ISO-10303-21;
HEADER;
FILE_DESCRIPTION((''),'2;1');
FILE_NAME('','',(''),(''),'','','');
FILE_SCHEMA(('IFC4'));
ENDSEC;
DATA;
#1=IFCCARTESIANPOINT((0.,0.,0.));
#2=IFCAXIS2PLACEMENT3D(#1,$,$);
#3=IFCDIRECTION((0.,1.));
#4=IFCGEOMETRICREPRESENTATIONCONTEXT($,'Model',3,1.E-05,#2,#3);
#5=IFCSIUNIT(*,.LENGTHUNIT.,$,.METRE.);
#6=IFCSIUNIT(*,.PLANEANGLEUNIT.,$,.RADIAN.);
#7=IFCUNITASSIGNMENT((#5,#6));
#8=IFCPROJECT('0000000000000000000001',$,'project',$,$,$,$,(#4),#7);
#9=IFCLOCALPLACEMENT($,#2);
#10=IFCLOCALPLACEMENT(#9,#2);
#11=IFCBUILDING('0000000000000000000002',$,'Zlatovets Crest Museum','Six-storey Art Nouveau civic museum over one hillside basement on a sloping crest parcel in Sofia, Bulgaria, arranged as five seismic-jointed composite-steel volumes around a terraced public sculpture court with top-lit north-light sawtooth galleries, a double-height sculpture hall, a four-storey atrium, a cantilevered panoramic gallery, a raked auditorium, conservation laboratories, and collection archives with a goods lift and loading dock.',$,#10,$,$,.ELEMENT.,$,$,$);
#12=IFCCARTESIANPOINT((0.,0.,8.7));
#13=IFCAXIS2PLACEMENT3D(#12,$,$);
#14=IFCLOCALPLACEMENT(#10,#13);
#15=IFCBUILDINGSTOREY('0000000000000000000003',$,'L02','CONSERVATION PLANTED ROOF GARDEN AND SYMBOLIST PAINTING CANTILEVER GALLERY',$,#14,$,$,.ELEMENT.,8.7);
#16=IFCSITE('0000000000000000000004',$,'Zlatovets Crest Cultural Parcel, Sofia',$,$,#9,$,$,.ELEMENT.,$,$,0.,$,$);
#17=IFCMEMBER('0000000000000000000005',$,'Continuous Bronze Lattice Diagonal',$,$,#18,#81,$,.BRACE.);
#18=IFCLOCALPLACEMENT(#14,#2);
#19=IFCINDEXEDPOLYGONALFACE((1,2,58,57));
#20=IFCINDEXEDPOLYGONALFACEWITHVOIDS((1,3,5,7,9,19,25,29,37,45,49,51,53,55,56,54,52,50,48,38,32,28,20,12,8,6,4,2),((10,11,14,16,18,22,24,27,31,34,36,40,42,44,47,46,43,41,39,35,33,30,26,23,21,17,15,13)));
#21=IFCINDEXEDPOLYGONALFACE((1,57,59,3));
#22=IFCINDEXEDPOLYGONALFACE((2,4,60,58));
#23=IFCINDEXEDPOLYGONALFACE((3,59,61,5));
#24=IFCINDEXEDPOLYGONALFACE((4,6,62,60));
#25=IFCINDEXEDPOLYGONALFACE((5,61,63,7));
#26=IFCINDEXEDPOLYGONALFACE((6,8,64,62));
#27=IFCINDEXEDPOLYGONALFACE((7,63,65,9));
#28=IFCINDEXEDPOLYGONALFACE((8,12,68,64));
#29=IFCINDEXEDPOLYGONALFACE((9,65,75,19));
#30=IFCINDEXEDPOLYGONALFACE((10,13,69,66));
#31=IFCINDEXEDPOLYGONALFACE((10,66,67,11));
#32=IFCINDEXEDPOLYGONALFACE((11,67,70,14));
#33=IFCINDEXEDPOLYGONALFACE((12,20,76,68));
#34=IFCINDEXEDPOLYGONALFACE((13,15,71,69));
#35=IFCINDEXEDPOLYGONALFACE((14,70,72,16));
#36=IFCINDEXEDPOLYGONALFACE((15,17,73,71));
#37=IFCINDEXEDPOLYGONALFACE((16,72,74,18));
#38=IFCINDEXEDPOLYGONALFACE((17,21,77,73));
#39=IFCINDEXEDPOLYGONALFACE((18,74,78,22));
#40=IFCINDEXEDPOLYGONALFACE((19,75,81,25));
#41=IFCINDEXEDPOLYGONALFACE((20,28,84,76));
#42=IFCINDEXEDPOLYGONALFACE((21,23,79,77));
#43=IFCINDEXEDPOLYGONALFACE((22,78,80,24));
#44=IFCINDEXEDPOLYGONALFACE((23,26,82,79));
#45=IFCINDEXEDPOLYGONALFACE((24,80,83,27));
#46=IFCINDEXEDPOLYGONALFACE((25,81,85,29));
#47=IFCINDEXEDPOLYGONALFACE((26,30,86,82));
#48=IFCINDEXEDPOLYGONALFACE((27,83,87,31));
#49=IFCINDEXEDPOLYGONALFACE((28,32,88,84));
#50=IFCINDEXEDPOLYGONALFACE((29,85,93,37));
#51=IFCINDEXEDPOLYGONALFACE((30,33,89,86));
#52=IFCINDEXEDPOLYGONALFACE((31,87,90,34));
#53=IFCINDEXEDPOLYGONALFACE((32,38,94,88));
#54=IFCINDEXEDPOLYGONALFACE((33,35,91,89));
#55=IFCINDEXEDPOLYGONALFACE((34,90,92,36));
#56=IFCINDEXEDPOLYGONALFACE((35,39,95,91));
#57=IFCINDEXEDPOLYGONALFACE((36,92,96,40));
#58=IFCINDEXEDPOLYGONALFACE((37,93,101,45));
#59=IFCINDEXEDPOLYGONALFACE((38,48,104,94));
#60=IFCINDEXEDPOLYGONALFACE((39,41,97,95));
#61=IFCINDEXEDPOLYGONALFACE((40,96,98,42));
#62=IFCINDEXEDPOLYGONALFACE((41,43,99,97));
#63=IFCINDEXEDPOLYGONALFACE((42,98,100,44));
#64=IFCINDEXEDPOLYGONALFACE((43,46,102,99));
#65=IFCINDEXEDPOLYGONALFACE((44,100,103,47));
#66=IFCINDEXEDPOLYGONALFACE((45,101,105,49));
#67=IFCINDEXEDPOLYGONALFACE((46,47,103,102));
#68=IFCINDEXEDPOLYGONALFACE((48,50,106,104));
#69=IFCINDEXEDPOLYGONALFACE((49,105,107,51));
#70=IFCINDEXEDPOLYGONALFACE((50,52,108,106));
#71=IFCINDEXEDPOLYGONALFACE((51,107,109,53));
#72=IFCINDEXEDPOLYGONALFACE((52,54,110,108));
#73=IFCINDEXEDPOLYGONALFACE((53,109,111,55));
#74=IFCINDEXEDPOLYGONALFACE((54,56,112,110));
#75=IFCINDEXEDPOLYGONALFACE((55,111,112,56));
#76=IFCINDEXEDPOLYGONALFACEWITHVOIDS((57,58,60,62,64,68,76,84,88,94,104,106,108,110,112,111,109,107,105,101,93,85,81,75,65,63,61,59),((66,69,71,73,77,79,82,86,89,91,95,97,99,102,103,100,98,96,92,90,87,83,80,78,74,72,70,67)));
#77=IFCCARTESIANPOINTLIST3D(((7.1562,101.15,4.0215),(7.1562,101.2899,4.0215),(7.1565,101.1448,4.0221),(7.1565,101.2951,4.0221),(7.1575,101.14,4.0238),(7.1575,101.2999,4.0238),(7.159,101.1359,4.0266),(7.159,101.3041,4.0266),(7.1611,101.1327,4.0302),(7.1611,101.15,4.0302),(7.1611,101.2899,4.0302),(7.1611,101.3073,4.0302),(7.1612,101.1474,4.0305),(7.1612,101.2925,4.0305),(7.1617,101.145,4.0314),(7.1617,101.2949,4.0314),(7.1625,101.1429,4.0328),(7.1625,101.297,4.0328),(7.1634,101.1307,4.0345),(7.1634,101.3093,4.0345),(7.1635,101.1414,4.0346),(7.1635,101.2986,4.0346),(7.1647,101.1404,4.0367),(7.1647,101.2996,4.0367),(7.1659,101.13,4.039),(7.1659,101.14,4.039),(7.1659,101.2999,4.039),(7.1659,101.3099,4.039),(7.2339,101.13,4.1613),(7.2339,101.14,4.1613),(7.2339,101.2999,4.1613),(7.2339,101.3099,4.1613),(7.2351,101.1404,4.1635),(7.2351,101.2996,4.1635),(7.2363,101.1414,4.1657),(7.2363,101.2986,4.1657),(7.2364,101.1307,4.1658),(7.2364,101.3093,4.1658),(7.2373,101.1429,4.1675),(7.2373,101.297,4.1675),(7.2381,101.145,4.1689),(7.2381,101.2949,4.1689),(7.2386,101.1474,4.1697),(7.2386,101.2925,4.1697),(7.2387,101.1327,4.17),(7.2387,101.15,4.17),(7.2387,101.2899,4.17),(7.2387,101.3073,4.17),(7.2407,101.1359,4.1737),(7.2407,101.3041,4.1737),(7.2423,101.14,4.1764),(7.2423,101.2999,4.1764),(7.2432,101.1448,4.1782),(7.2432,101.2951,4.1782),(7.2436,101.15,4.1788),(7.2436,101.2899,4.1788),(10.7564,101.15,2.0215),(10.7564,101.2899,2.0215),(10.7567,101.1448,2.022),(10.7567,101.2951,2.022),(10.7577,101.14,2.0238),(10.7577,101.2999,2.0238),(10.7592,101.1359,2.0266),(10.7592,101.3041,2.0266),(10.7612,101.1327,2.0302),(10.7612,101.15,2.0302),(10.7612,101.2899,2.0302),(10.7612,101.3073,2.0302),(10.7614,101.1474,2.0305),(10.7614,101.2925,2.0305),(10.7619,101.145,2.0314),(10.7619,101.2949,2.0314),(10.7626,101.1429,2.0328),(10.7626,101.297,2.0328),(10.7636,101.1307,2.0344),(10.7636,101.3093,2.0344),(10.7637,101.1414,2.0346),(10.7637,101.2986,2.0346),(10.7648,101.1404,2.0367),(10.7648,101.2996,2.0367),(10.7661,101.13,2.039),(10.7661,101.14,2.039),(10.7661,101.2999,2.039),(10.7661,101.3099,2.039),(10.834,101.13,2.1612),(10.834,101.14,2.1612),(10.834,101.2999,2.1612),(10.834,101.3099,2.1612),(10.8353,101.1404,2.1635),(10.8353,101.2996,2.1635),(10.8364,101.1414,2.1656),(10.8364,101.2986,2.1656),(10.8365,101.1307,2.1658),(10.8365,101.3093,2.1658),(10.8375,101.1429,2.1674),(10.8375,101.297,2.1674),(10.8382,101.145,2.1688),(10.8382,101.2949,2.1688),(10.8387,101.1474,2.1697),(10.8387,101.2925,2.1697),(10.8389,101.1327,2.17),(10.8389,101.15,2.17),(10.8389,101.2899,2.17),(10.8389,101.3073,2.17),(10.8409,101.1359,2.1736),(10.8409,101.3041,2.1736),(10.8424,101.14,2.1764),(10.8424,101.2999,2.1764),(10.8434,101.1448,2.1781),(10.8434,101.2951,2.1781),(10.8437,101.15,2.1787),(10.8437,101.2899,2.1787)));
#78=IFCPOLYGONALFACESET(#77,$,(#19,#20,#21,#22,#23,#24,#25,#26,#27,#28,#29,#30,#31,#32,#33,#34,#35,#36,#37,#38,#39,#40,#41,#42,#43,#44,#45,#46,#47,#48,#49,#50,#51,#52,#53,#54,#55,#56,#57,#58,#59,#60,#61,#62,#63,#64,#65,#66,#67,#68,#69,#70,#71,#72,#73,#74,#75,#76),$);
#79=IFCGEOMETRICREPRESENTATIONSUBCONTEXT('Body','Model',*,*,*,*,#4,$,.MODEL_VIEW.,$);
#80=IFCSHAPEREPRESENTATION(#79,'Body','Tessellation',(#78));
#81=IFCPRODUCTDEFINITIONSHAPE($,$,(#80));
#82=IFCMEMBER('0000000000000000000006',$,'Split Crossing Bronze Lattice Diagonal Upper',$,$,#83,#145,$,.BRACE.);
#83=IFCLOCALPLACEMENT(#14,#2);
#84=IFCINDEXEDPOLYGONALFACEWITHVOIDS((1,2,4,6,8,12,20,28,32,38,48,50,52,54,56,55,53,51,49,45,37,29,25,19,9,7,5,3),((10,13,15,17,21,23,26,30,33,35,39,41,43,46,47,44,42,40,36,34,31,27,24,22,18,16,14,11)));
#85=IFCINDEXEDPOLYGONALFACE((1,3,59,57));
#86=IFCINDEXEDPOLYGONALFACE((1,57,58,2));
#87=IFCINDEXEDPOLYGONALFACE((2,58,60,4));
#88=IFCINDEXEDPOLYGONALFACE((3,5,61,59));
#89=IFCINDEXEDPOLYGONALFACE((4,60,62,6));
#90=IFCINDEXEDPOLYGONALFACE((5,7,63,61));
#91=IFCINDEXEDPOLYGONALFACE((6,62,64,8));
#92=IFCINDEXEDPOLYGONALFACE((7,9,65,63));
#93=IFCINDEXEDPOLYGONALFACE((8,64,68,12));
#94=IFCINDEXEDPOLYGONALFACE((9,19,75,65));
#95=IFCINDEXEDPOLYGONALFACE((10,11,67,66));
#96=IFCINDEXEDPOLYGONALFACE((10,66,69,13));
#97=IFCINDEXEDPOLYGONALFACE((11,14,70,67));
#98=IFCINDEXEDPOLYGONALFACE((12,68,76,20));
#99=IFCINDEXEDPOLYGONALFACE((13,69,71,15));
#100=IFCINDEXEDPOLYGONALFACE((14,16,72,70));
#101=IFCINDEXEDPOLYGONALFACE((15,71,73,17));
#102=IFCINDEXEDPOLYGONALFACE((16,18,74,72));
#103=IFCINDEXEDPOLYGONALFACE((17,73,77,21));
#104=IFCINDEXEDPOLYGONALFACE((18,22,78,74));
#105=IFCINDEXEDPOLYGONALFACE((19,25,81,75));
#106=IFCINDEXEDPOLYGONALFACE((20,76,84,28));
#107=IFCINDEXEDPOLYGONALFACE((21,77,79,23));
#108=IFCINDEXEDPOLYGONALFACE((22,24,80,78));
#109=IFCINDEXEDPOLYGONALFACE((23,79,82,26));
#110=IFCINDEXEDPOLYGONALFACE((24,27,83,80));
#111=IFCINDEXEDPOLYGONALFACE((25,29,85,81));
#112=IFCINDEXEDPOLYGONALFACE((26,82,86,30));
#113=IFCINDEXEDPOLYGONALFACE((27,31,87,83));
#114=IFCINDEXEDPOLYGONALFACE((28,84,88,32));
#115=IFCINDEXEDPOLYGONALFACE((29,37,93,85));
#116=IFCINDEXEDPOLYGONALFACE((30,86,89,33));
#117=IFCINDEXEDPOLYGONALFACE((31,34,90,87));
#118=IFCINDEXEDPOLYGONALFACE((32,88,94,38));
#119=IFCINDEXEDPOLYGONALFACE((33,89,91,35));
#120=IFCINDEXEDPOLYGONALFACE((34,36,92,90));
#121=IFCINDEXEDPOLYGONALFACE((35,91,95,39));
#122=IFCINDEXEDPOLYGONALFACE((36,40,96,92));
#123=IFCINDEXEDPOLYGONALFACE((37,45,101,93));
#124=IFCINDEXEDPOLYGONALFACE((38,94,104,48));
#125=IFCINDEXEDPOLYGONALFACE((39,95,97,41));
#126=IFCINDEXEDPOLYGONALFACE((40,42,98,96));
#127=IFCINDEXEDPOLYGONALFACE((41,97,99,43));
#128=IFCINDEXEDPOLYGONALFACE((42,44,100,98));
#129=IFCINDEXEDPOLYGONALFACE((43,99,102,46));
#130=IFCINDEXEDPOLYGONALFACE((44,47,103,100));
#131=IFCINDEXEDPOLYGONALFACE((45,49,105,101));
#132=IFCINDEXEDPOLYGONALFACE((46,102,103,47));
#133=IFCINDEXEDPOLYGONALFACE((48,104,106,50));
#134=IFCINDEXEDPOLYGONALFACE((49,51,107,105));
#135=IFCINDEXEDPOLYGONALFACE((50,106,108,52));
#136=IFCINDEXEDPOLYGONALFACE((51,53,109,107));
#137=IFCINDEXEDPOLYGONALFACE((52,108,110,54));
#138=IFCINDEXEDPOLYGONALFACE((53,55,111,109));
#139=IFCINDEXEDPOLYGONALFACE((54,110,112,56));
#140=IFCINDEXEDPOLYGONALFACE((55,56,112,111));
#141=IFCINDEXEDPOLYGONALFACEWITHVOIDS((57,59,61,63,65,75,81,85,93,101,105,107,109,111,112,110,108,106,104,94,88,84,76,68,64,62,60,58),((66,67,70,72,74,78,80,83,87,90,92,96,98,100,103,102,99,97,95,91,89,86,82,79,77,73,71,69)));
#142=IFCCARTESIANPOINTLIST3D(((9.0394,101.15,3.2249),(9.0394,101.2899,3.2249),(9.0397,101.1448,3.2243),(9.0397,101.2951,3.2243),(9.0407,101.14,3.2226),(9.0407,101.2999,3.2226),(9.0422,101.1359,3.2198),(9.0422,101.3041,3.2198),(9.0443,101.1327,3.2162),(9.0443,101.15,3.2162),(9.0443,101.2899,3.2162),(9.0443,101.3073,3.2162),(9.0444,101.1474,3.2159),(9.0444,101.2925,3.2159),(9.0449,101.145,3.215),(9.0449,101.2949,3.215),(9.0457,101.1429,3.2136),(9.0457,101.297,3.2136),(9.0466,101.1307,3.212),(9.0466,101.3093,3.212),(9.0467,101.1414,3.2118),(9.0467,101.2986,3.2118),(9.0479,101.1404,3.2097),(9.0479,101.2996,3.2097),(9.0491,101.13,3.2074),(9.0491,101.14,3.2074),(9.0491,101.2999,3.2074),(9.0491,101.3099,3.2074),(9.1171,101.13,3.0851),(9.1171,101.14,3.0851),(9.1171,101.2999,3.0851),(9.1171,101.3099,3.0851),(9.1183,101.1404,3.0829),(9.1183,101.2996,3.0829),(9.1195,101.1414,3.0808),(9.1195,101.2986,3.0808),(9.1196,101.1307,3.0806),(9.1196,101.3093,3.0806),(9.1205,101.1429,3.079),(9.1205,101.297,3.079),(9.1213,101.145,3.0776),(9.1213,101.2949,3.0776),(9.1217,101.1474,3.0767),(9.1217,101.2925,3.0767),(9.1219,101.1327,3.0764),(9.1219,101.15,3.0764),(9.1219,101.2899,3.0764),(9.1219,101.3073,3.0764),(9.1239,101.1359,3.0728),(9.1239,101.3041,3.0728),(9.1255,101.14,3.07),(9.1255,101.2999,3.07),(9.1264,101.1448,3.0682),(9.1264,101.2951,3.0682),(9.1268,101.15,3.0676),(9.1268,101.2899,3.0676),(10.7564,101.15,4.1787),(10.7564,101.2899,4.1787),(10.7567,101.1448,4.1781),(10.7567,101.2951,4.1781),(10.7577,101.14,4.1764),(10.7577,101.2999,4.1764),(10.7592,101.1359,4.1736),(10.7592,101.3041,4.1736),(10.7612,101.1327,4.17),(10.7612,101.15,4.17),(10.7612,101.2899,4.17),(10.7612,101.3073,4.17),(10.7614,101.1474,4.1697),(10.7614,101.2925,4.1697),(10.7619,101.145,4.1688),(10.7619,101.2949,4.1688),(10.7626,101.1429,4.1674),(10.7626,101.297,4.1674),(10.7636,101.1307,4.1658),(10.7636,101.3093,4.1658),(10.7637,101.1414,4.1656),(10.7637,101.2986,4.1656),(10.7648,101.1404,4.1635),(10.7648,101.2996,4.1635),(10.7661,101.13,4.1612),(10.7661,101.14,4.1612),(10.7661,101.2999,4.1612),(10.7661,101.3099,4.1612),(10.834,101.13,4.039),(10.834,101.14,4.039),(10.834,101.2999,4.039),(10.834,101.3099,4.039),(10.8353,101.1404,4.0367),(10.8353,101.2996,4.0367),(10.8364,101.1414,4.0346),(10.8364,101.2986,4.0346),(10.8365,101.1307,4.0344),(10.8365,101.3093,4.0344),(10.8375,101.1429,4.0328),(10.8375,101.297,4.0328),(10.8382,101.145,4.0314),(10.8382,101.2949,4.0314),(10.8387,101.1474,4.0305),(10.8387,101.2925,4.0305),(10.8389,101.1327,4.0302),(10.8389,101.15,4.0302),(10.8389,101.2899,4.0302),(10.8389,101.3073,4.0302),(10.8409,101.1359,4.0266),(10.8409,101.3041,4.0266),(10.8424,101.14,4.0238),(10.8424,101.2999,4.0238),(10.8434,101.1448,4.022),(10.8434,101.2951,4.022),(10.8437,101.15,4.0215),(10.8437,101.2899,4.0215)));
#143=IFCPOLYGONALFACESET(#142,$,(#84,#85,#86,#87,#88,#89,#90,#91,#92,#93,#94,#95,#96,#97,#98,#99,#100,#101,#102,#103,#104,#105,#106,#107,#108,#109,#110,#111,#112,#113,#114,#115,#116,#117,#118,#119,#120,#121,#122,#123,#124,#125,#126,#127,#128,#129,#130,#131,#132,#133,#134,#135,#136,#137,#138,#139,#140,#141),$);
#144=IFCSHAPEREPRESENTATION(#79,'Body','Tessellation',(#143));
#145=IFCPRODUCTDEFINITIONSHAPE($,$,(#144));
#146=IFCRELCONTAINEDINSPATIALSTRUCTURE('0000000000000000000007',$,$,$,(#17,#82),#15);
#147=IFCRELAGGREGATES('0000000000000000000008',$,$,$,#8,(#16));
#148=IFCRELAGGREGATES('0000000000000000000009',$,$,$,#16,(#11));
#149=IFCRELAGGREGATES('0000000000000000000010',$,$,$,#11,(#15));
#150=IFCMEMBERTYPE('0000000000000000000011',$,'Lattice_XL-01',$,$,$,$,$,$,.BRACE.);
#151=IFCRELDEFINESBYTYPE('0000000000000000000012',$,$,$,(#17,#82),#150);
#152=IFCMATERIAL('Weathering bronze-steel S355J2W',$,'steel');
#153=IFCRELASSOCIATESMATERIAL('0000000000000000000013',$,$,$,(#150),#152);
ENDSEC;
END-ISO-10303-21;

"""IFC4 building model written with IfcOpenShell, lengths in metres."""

from ifc_helpers import new_model, si_unit, direction, frame, origin, origin_2d, place, context, subcontext, project, spatial, hollow_rectangle, extrude, material, material_profile, profile_set, type_object, element, save


model = new_model("IFC4")

# Units and contexts
model_context = context("Model", 3, precision=1e-05, world=origin(), true_north=direction((0.0, 1.0)))
body_context = subcontext(model_context, "Body", "Model", "MODEL_VIEW")
ifc_project = project(units=[si_unit("LENGTHUNIT", "METRE"), si_unit("PLANEANGLEUNIT", "RADIAN")], contexts=[model_context])

# Site, building, storey
site_placement = place(None, origin())
site = spatial("IfcSite", under=ifc_project, at=site_placement, Name="Zlatovets Crest Cultural Parcel, Sofia", CompositionType="ELEMENT", RefElevation=0.0)
building_placement = place(site_placement, origin())
building = spatial("IfcBuilding", under=site, at=building_placement, Name="Zlatovets Crest Museum", Description="Six-storey Art Nouveau civic museum over one hillside basement on a sloping crest parcel in Sofia, Bulgaria, arranged as five seismic-jointed composite-steel volumes around a terraced public sculpture court with top-lit north-light sawtooth galleries, a double-height sculpture hall, a four-storey atrium, a cantilevered panoramic gallery, a raked auditorium, conservation laboratories, and collection archives with a goods lift and loading dock.", CompositionType="ELEMENT")
storey_placement = place(building_placement, frame((0.0, 0.0, 8.7)))
storey = spatial("IfcBuildingStorey", under=building, at=storey_placement, Name="L02", Description="CONSERVATION PLANTED ROOF GARDEN AND SYMBOLIST PAINTING CANTILEVER GALLERY", CompositionType="ELEMENT", Elevation=8.7)

# Members
ifc_material_1 = material(Name="Weathering bronze-steel S355J2W", Category="steel")
ifc_material_profile_1 = material_profile(ifc_material_1, hollow_rectangle(XDim=0.1799, YDim=0.1799, WallThickness=0.01, InnerFilletRadius=0.01, OuterFilletRadius=0.02, at=origin_2d()), Name="SHS 180x180x10.0")
ifc_profile_set_1 = profile_set([ifc_material_profile_1], Name="Weathering bronze-steel S355J2W")
member_type_1 = type_object("IfcMemberType", Name="Lattice_XL-01", PredefinedType="BRACE", material=ifc_profile_set_1)
member_1_placement = place(storey_placement, frame((10.8, 101.22, 2.1001), z_axis=(-0.874163, 0.0, 0.485633), x_axis=(0.0, -1.0, 0.0)))
element("IfcMember", 1, at=member_1_placement, inside=storey, type_object=member_type_1, Name="Continuous Bronze Lattice Diagonal", PredefinedType="BRACE", context=body_context, shape_type="SweptSolid", body=[
    extrude(hollow_rectangle(XDim=0.1799, YDim=0.1799, WallThickness=0.01, InnerFilletRadius=0.01, OuterFilletRadius=0.02, at=origin_2d()), origin(), (0.0, 0.0, 1.0), 4.1184),
])
for number, where, z_axis, x_axis, name in (
    (2, (10.8, 101.22, 4.1001), (-0.874169, 0.0, -0.485622), (0.0, -1.0, 0.0), "Split Crossing Bronze Lattice Diagonal Upper"),
):
    element("IfcMember", number, at=place(storey_placement, frame(where, z_axis=z_axis, x_axis=x_axis)), inside=storey, type_object=member_type_1, Name=name, PredefinedType="BRACE", context=body_context, shape_type="SweptSolid", body=[
        extrude(hollow_rectangle(XDim=0.1799, YDim=0.1799, WallThickness=0.01, InnerFilletRadius=0.01, OuterFilletRadius=0.02, at=origin_2d()), origin(), (0.0, 0.0, 1.0), 1.9641),
    ])

save(model, "model.ifc")
